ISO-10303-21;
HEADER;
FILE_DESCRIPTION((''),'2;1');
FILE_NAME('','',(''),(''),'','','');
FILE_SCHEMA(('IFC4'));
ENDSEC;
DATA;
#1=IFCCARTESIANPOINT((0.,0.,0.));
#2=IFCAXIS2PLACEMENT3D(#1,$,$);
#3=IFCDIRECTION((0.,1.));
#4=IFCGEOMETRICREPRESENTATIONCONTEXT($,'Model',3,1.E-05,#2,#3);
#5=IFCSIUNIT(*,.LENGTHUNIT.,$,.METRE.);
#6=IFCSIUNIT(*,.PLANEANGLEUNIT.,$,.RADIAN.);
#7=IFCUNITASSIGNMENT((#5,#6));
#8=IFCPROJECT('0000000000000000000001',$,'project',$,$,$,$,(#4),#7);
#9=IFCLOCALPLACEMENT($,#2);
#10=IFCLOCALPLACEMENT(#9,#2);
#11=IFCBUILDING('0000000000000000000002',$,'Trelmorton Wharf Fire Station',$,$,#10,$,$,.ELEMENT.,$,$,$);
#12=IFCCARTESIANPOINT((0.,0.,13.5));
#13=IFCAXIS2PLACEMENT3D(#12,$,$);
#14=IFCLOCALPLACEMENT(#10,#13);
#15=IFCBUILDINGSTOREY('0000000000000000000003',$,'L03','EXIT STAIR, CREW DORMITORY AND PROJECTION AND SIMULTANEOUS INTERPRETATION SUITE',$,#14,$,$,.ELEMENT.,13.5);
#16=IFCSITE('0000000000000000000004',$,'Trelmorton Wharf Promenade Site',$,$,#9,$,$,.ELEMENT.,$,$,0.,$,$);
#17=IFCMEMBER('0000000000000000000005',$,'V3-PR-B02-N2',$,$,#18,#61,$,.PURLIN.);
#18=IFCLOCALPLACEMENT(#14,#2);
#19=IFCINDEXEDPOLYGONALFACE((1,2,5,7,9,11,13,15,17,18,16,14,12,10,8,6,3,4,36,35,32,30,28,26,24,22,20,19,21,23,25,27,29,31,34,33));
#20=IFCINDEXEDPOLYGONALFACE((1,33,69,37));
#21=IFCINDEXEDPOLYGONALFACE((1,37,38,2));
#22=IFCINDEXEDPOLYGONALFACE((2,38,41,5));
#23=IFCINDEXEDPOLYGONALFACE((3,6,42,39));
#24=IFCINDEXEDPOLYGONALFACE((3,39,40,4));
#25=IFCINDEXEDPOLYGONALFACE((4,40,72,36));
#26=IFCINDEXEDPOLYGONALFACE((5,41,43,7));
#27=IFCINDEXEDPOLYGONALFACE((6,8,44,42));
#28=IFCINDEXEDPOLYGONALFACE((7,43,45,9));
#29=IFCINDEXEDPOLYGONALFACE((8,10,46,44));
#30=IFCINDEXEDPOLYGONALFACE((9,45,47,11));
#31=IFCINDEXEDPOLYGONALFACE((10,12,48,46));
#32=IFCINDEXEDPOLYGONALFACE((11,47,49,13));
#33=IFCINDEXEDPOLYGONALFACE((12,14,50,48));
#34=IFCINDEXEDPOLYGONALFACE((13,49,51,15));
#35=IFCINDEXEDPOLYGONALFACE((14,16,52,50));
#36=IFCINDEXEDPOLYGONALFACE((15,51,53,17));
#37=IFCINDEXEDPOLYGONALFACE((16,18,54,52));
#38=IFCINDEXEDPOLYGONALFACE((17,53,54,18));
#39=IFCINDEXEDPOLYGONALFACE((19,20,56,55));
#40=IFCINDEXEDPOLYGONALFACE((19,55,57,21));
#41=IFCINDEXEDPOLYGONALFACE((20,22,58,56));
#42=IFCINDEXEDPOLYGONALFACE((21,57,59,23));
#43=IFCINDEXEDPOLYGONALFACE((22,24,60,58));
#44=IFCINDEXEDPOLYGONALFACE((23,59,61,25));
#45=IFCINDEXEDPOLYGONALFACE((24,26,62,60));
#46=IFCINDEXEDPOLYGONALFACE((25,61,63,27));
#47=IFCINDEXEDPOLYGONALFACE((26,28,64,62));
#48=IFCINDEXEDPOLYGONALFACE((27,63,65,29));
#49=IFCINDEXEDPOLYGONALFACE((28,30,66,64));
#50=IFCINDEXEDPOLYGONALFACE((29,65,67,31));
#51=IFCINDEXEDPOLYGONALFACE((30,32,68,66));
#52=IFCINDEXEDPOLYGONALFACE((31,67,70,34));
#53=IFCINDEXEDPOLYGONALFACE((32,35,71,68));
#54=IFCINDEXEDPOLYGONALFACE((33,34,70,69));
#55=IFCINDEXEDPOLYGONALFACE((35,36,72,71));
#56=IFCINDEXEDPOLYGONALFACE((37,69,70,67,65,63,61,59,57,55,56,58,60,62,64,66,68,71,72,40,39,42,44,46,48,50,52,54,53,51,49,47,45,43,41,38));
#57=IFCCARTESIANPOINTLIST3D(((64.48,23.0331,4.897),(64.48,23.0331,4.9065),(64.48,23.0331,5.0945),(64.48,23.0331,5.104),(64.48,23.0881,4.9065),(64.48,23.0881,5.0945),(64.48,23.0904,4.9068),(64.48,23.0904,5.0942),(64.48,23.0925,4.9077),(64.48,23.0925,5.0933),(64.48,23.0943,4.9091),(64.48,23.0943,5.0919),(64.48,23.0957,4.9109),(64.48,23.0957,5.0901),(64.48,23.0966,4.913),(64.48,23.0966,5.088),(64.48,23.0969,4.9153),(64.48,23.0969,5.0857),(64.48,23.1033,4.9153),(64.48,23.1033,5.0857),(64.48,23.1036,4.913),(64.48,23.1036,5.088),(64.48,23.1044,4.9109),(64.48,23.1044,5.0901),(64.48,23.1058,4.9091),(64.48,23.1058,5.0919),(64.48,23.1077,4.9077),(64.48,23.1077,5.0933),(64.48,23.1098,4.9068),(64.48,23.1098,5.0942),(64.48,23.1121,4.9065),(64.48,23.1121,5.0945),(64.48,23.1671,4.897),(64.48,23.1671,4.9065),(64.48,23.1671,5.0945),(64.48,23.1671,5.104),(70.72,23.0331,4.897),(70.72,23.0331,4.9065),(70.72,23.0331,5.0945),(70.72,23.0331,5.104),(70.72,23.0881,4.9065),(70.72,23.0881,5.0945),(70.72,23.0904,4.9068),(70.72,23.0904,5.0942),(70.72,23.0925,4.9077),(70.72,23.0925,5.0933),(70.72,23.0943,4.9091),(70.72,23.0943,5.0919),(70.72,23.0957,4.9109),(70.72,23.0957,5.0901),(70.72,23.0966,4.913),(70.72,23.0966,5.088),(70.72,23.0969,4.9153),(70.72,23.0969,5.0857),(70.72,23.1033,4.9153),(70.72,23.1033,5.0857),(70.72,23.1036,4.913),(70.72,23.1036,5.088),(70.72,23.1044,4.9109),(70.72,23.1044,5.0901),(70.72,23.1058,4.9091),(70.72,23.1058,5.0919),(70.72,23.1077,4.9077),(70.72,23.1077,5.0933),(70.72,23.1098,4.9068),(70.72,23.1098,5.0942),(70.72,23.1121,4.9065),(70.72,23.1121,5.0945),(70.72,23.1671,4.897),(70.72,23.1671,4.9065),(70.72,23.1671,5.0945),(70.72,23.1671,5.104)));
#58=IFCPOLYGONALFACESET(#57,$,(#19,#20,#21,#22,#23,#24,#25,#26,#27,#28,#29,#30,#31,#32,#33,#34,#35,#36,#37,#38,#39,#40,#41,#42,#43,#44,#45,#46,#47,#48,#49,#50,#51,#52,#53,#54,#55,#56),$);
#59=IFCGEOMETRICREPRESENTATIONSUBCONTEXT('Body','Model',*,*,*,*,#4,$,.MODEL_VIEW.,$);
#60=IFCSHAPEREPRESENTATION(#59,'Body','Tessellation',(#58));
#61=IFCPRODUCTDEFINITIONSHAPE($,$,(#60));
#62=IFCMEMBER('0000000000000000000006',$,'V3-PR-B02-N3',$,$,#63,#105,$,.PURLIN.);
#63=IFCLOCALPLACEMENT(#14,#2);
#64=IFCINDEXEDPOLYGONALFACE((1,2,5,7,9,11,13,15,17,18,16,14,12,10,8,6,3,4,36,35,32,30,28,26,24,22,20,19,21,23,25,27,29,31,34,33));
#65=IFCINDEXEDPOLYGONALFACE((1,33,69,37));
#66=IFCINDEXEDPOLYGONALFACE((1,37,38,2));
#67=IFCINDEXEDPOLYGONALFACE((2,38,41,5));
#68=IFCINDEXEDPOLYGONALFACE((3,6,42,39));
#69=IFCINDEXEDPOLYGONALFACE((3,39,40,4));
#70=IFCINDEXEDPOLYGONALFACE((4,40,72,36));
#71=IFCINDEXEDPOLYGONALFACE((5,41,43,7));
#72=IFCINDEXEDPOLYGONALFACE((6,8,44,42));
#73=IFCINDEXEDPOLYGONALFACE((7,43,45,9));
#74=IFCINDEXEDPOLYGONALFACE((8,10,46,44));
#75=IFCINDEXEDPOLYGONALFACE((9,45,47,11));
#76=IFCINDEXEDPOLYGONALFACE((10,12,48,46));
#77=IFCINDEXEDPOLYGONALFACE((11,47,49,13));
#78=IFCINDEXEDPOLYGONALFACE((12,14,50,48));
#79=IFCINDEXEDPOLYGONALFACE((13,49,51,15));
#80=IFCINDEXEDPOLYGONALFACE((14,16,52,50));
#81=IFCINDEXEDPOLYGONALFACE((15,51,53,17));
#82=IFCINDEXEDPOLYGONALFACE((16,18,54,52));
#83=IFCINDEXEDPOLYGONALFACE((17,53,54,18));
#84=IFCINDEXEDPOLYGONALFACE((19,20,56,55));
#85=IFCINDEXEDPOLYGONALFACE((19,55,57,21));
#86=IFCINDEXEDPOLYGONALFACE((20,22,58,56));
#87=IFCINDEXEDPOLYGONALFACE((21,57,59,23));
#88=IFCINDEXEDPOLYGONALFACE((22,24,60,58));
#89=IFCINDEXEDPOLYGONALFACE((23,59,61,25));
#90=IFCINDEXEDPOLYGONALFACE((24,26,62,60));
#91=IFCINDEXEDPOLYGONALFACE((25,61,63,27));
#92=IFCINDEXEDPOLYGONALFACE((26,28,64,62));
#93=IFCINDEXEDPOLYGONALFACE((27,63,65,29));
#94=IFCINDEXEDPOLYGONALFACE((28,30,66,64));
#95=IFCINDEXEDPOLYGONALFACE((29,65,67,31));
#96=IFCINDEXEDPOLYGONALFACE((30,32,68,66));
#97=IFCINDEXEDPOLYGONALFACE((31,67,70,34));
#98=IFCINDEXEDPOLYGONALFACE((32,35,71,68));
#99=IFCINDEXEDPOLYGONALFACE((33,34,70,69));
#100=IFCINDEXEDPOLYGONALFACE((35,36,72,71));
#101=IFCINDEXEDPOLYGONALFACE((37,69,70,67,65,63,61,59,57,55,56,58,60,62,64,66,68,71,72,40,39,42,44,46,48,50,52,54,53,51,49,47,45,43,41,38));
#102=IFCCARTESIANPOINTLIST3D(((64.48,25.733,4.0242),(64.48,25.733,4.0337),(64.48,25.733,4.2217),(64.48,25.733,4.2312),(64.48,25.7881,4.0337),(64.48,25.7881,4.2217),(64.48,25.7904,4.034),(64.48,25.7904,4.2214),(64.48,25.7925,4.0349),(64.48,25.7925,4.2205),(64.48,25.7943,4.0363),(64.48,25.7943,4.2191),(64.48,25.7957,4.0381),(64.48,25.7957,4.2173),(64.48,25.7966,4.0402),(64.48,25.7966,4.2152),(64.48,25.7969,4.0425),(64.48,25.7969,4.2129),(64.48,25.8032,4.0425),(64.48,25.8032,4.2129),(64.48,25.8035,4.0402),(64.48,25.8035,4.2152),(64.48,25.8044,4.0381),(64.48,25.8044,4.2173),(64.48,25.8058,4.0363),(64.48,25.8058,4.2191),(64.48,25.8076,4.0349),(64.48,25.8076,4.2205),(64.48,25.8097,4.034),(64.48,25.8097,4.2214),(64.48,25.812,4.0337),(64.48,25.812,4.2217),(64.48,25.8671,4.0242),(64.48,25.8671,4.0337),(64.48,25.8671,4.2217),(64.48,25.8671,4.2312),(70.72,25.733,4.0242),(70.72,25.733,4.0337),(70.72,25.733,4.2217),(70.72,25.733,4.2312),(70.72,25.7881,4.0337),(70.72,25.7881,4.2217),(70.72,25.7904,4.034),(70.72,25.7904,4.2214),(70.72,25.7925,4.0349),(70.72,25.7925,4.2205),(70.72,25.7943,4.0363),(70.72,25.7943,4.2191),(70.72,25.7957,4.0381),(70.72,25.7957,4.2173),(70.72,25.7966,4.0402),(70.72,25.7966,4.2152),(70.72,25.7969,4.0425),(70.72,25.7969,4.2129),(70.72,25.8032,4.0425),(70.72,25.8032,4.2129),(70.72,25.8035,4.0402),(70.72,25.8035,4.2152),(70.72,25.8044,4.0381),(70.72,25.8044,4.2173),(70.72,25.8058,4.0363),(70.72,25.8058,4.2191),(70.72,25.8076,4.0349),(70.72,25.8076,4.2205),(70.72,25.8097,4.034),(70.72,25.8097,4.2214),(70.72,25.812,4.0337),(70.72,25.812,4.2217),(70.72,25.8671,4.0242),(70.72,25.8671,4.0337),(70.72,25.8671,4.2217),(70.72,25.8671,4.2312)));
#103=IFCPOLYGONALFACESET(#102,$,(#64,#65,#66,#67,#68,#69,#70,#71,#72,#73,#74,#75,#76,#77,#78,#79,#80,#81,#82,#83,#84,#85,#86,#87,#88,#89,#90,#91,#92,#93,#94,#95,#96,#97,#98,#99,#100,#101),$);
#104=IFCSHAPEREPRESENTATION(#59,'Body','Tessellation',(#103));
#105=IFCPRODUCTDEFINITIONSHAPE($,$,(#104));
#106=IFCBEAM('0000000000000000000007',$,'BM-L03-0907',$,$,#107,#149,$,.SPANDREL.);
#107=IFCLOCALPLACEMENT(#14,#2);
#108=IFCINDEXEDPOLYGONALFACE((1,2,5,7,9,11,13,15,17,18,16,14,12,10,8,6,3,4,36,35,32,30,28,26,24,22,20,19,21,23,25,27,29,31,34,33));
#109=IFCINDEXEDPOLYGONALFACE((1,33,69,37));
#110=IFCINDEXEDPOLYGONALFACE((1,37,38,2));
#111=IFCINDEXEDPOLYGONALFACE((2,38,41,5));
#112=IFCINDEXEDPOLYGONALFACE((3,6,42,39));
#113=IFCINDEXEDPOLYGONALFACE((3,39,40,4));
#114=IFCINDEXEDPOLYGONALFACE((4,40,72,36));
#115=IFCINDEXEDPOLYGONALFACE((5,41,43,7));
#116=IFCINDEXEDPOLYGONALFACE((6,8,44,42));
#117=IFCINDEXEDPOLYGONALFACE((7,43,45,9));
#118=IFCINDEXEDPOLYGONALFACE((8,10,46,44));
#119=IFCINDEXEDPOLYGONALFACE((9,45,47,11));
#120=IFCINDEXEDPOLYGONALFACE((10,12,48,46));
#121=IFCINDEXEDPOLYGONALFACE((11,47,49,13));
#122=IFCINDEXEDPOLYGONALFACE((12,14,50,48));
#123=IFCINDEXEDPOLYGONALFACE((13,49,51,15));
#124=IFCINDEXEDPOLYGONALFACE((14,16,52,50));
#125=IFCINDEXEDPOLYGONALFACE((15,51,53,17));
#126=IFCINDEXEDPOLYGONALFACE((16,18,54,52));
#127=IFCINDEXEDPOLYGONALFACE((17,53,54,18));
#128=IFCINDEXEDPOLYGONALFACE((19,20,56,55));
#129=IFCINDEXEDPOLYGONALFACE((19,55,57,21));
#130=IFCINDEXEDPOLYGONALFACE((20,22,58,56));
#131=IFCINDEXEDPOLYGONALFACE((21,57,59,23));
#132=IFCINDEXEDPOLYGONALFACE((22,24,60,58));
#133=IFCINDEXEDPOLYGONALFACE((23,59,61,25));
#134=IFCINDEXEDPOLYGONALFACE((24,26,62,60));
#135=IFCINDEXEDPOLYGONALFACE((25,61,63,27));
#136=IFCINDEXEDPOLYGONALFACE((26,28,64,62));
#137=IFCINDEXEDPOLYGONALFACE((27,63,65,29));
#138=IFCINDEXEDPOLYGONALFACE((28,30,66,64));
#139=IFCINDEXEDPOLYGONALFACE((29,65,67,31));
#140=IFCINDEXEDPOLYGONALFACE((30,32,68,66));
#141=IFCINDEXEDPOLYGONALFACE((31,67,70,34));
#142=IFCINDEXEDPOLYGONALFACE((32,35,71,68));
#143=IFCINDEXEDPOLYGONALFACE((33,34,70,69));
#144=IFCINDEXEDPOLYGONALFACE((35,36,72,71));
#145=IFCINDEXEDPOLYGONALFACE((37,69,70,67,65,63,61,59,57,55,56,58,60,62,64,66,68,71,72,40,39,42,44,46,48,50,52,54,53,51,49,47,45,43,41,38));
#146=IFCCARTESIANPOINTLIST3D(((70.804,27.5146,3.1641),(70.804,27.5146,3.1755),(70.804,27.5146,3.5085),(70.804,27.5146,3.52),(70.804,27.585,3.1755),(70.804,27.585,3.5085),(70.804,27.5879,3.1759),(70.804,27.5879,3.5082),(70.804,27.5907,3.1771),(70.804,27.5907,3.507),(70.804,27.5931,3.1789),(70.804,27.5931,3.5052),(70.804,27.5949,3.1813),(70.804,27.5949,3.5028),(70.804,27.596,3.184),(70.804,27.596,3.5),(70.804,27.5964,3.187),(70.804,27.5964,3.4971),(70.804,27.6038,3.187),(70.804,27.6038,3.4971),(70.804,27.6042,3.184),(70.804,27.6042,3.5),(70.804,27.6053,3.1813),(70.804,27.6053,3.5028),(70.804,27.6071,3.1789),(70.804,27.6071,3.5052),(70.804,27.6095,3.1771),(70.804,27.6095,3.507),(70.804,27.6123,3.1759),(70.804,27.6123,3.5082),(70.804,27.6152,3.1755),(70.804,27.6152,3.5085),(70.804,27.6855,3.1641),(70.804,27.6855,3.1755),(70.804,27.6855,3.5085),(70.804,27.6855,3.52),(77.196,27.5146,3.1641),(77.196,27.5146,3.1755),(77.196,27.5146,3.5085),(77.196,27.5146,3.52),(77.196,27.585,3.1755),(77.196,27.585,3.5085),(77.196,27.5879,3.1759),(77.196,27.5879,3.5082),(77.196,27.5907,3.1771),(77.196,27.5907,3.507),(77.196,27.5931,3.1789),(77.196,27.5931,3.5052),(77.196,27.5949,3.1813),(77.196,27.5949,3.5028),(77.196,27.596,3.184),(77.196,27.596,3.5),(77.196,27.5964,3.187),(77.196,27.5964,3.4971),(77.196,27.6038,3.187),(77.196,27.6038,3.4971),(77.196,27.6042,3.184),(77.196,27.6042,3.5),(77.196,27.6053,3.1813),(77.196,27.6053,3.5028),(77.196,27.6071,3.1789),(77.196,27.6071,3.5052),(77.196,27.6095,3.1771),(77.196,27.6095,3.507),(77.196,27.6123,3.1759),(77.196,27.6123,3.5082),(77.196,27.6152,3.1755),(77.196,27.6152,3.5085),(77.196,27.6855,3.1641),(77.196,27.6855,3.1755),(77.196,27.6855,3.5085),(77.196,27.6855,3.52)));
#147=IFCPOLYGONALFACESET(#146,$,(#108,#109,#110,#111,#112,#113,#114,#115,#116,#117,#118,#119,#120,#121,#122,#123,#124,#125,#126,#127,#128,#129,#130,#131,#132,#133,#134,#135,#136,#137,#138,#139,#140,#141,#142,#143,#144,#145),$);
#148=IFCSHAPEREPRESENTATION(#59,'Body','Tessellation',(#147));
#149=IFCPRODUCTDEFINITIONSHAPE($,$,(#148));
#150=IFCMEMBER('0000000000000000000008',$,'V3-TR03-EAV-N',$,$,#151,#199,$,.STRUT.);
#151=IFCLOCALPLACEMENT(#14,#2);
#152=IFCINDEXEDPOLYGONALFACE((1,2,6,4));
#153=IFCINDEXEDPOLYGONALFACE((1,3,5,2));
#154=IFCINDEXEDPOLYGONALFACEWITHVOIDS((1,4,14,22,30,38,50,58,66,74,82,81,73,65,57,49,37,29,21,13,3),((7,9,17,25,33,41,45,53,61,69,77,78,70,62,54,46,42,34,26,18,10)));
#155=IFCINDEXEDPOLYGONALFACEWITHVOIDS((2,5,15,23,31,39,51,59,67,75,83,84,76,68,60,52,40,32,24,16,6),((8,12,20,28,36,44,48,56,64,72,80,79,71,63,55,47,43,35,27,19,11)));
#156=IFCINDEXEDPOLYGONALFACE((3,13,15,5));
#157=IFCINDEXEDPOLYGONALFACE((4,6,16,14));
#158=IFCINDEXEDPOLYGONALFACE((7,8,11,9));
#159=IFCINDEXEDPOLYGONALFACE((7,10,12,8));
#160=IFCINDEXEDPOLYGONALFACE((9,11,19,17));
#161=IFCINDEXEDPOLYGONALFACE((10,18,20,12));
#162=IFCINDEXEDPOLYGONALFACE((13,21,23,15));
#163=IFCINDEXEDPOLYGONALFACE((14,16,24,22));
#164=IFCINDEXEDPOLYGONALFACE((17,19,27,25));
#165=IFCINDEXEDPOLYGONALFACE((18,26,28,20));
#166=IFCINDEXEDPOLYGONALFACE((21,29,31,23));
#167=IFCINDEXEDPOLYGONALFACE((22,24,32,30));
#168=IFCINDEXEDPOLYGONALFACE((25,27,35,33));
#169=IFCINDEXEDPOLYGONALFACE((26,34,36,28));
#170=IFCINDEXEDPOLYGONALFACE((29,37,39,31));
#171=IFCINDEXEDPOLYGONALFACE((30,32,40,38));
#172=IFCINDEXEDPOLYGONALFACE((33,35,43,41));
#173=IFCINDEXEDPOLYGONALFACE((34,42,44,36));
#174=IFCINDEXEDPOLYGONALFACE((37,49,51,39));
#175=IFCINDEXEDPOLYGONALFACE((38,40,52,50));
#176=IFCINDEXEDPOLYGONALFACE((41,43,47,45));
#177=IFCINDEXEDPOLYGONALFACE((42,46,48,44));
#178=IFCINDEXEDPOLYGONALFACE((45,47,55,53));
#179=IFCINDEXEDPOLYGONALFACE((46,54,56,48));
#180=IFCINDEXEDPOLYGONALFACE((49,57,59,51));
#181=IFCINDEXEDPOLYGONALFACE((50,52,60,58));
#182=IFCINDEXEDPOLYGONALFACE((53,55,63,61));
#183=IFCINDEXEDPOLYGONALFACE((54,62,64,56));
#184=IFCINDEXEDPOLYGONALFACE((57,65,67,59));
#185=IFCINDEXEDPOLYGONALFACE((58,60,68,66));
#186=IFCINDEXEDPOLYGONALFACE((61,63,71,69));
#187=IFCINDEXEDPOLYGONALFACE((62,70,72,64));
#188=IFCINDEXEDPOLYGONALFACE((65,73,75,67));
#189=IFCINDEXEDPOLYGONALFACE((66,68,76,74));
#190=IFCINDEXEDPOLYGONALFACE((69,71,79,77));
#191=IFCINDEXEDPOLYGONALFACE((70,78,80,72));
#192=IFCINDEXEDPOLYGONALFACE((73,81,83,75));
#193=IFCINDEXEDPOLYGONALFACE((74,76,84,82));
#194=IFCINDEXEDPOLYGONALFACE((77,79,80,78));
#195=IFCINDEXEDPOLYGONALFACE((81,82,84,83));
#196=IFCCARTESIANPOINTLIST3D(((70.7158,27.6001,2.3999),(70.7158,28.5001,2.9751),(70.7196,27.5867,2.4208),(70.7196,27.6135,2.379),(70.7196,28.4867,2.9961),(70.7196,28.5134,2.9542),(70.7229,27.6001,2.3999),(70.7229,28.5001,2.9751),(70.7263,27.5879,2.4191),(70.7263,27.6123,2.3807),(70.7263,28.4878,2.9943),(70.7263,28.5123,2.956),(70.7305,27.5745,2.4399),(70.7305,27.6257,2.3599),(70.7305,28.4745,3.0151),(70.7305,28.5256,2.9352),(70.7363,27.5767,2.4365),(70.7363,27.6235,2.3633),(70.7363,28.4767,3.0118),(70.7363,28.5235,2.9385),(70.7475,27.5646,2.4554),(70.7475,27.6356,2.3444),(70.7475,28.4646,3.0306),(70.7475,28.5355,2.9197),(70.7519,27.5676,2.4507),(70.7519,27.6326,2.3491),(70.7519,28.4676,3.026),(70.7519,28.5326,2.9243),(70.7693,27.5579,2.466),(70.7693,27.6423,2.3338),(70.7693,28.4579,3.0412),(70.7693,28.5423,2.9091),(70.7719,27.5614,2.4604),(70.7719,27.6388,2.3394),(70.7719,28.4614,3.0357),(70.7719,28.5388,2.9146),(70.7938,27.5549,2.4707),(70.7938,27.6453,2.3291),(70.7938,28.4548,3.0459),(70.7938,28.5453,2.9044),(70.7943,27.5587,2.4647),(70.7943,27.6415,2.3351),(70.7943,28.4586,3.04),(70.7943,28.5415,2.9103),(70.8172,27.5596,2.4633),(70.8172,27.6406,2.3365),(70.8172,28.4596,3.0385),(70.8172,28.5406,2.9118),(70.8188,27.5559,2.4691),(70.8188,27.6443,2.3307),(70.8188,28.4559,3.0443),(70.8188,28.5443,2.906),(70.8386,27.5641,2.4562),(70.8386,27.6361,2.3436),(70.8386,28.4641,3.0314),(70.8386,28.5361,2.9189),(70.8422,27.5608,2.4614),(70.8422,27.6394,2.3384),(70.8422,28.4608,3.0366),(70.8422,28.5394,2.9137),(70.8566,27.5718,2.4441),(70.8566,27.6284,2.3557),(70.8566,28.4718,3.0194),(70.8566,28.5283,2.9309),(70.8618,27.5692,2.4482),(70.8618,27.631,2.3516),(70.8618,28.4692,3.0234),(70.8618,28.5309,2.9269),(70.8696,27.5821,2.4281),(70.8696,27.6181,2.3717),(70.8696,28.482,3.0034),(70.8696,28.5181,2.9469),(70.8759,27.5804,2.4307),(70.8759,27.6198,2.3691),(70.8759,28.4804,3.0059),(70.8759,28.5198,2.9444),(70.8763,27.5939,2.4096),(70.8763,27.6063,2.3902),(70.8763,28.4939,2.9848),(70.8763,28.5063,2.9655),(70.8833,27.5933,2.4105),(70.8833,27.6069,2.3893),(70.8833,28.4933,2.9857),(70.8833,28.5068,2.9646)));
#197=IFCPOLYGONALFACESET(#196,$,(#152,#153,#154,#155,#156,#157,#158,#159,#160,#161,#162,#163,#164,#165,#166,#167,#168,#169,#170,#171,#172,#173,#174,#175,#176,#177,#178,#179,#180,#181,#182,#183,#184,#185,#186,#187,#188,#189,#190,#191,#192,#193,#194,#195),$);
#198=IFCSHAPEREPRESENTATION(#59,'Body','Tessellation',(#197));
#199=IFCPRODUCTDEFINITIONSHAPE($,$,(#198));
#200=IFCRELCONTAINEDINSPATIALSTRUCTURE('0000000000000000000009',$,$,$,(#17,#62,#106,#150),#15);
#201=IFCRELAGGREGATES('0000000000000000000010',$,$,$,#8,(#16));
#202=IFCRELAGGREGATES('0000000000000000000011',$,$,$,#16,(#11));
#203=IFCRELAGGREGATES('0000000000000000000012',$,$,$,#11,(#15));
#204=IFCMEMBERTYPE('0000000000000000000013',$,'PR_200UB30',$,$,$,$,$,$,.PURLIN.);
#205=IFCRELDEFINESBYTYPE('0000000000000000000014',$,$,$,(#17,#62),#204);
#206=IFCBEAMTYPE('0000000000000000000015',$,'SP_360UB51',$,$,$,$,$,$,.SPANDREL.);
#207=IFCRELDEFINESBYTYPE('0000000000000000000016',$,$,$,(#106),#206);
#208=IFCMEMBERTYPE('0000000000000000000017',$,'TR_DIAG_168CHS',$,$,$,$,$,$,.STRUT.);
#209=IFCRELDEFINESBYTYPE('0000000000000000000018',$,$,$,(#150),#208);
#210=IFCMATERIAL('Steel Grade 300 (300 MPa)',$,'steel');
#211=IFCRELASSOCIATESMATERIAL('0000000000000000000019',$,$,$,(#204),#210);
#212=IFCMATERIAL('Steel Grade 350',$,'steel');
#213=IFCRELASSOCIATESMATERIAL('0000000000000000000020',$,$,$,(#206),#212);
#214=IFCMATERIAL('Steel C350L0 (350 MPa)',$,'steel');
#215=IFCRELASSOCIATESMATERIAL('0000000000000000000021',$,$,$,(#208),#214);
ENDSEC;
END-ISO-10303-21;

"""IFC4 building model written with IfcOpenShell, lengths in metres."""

from ifc_helpers import new_model, si_unit, direction, frame, origin, origin_2d, place, context, subcontext, project, spatial, hollow_circle, i_section, extrude, material, material_profile, profile_set, type_object, element, save


model = new_model("IFC4")

# Units and contexts
model_context = context("Model", 3, precision=1e-05, world=origin(), true_north=direction((0.0, 1.0)))
body_context = subcontext(model_context, "Body", "Model", "MODEL_VIEW")
ifc_project = project(units=[si_unit("LENGTHUNIT", "METRE"), si_unit("PLANEANGLEUNIT", "RADIAN")], contexts=[model_context])

# Site, building, storey
site_placement = place(None, origin())
site = spatial("IfcSite", under=ifc_project, at=site_placement, Name="Trelmorton Wharf Promenade Site", CompositionType="ELEMENT", RefElevation=0.0)
building_placement = place(site_placement, origin())
building = spatial("IfcBuilding", under=site, at=building_placement, Name="Trelmorton Wharf Fire Station", CompositionType="ELEMENT")
storey_placement = place(building_placement, frame((0.0, 0.0, 13.5)))
storey = spatial("IfcBuildingStorey", under=building, at=storey_placement, Name="L03", Description="EXIT STAIR, CREW DORMITORY AND PROJECTION AND SIMULTANEOUS INTERPRETATION SUITE", CompositionType="ELEMENT", Elevation=13.5)

# Shared definitions
ifc_material_1 = material(Name="Steel Grade 350", Category="steel")

# Members
ifc_material_2 = material(Name="Steel Grade 300 (300 MPa)", Category="steel")
ifc_material_profile_1 = material_profile(ifc_material_2, i_section(OverallWidth=0.134, OverallDepth=0.207, WebThickness=0.0063, FlangeThickness=0.0095, FilletRadius=0.0088, at=origin_2d()), Name="200UB29.8")
ifc_profile_set_1 = profile_set([ifc_material_profile_1], Name="Steel Grade 300 (300 MPa)")
member_type_1 = type_object("IfcMemberType", Name="PR_200UB30", PredefinedType="PURLIN", material=ifc_profile_set_1)
for number, where, z_axis, x_axis, name in (
    (1, (64.48, 23.1001, 5.0005), (1.0, 0.0, 0.0), (0.0, 1.0, 0.0), "V3-PR-B02-N2"),
    (2, (64.48, 25.8, 4.1277), (1.0, 0.0, 0.0), (0.0, 1.0, 0.0), "V3-PR-B02-N3"),
):
    element("IfcMember", number, at=place(storey_placement, frame(where, z_axis=z_axis, x_axis=x_axis)), inside=storey, type_object=member_type_1, Name=name, PredefinedType="PURLIN", context=body_context, shape_type="SweptSolid", body=[
        extrude(i_section(OverallWidth=0.134, OverallDepth=0.207, WebThickness=0.0063, FlangeThickness=0.0095, FilletRadius=0.0088, at=origin_2d()), origin(), (0.0, 0.0, 1.0), 6.24),
    ])

# Beam
ifc_material_profile_2 = material_profile(ifc_material_1, i_section(OverallWidth=0.1709, OverallDepth=0.356, WebThickness=0.0073, FlangeThickness=0.0115, FilletRadius=0.0115, at=origin_2d()), Name="360UB50.7")
ifc_profile_set_2 = profile_set([ifc_material_profile_2], Name="Steel Grade 350")
beam_type_1 = type_object("IfcBeamType", Name="SP_360UB51", PredefinedType="SPANDREL", material=ifc_profile_set_2)
beam_1_placement = place(storey_placement, frame((70.804, 27.6001, 3.342), z_axis=(1.0, 0.0, 0.0), x_axis=(0.0, 1.0, 0.0)))
element("IfcBeam", 3, at=beam_1_placement, inside=storey, type_object=beam_type_1, Name="BM-L03-0907", PredefinedType="SPANDREL", context=body_context, shape_type="SweptSolid", body=[
    extrude(i_section(OverallWidth=0.1709, OverallDepth=0.356, WebThickness=0.0073, FlangeThickness=0.0115, FilletRadius=0.0115, at=origin_2d()), origin(), (0.0, 0.0, 1.0), 6.3921),
])

# Member
ifc_material_3 = material(Name="Steel C350L0 (350 MPa)", Category="steel")
ifc_material_profile_3 = material_profile(ifc_material_3, hollow_circle(Radius=0.0842, WallThickness=0.0071, at=origin_2d()), Name="168.3x7.1CHS")
ifc_profile_set_3 = profile_set([ifc_material_profile_3], Name="Steel C350L0 (350 MPa)")
member_type_2 = type_object("IfcMemberType", Name="TR_DIAG_168CHS", PredefinedType="STRUT", material=ifc_profile_set_3)
member_1_placement = place(storey_placement, frame((70.8, 27.6001, 2.3999), z_axis=(0.0, 0.842587, 0.538561), x_axis=(-1.0, 0.0, 0.0)))
element("IfcMember", 4, at=member_1_placement, inside=storey, type_object=member_type_2, Name="V3-TR03-EAV-N", PredefinedType="STRUT", context=body_context, shape_type="SweptSolid", body=[
    extrude(hollow_circle(Radius=0.0842, WallThickness=0.0071, at=origin_2d()), origin(), (0.0, 0.0, 1.0), 1.0681),
])

save(model, "model.ifc")
